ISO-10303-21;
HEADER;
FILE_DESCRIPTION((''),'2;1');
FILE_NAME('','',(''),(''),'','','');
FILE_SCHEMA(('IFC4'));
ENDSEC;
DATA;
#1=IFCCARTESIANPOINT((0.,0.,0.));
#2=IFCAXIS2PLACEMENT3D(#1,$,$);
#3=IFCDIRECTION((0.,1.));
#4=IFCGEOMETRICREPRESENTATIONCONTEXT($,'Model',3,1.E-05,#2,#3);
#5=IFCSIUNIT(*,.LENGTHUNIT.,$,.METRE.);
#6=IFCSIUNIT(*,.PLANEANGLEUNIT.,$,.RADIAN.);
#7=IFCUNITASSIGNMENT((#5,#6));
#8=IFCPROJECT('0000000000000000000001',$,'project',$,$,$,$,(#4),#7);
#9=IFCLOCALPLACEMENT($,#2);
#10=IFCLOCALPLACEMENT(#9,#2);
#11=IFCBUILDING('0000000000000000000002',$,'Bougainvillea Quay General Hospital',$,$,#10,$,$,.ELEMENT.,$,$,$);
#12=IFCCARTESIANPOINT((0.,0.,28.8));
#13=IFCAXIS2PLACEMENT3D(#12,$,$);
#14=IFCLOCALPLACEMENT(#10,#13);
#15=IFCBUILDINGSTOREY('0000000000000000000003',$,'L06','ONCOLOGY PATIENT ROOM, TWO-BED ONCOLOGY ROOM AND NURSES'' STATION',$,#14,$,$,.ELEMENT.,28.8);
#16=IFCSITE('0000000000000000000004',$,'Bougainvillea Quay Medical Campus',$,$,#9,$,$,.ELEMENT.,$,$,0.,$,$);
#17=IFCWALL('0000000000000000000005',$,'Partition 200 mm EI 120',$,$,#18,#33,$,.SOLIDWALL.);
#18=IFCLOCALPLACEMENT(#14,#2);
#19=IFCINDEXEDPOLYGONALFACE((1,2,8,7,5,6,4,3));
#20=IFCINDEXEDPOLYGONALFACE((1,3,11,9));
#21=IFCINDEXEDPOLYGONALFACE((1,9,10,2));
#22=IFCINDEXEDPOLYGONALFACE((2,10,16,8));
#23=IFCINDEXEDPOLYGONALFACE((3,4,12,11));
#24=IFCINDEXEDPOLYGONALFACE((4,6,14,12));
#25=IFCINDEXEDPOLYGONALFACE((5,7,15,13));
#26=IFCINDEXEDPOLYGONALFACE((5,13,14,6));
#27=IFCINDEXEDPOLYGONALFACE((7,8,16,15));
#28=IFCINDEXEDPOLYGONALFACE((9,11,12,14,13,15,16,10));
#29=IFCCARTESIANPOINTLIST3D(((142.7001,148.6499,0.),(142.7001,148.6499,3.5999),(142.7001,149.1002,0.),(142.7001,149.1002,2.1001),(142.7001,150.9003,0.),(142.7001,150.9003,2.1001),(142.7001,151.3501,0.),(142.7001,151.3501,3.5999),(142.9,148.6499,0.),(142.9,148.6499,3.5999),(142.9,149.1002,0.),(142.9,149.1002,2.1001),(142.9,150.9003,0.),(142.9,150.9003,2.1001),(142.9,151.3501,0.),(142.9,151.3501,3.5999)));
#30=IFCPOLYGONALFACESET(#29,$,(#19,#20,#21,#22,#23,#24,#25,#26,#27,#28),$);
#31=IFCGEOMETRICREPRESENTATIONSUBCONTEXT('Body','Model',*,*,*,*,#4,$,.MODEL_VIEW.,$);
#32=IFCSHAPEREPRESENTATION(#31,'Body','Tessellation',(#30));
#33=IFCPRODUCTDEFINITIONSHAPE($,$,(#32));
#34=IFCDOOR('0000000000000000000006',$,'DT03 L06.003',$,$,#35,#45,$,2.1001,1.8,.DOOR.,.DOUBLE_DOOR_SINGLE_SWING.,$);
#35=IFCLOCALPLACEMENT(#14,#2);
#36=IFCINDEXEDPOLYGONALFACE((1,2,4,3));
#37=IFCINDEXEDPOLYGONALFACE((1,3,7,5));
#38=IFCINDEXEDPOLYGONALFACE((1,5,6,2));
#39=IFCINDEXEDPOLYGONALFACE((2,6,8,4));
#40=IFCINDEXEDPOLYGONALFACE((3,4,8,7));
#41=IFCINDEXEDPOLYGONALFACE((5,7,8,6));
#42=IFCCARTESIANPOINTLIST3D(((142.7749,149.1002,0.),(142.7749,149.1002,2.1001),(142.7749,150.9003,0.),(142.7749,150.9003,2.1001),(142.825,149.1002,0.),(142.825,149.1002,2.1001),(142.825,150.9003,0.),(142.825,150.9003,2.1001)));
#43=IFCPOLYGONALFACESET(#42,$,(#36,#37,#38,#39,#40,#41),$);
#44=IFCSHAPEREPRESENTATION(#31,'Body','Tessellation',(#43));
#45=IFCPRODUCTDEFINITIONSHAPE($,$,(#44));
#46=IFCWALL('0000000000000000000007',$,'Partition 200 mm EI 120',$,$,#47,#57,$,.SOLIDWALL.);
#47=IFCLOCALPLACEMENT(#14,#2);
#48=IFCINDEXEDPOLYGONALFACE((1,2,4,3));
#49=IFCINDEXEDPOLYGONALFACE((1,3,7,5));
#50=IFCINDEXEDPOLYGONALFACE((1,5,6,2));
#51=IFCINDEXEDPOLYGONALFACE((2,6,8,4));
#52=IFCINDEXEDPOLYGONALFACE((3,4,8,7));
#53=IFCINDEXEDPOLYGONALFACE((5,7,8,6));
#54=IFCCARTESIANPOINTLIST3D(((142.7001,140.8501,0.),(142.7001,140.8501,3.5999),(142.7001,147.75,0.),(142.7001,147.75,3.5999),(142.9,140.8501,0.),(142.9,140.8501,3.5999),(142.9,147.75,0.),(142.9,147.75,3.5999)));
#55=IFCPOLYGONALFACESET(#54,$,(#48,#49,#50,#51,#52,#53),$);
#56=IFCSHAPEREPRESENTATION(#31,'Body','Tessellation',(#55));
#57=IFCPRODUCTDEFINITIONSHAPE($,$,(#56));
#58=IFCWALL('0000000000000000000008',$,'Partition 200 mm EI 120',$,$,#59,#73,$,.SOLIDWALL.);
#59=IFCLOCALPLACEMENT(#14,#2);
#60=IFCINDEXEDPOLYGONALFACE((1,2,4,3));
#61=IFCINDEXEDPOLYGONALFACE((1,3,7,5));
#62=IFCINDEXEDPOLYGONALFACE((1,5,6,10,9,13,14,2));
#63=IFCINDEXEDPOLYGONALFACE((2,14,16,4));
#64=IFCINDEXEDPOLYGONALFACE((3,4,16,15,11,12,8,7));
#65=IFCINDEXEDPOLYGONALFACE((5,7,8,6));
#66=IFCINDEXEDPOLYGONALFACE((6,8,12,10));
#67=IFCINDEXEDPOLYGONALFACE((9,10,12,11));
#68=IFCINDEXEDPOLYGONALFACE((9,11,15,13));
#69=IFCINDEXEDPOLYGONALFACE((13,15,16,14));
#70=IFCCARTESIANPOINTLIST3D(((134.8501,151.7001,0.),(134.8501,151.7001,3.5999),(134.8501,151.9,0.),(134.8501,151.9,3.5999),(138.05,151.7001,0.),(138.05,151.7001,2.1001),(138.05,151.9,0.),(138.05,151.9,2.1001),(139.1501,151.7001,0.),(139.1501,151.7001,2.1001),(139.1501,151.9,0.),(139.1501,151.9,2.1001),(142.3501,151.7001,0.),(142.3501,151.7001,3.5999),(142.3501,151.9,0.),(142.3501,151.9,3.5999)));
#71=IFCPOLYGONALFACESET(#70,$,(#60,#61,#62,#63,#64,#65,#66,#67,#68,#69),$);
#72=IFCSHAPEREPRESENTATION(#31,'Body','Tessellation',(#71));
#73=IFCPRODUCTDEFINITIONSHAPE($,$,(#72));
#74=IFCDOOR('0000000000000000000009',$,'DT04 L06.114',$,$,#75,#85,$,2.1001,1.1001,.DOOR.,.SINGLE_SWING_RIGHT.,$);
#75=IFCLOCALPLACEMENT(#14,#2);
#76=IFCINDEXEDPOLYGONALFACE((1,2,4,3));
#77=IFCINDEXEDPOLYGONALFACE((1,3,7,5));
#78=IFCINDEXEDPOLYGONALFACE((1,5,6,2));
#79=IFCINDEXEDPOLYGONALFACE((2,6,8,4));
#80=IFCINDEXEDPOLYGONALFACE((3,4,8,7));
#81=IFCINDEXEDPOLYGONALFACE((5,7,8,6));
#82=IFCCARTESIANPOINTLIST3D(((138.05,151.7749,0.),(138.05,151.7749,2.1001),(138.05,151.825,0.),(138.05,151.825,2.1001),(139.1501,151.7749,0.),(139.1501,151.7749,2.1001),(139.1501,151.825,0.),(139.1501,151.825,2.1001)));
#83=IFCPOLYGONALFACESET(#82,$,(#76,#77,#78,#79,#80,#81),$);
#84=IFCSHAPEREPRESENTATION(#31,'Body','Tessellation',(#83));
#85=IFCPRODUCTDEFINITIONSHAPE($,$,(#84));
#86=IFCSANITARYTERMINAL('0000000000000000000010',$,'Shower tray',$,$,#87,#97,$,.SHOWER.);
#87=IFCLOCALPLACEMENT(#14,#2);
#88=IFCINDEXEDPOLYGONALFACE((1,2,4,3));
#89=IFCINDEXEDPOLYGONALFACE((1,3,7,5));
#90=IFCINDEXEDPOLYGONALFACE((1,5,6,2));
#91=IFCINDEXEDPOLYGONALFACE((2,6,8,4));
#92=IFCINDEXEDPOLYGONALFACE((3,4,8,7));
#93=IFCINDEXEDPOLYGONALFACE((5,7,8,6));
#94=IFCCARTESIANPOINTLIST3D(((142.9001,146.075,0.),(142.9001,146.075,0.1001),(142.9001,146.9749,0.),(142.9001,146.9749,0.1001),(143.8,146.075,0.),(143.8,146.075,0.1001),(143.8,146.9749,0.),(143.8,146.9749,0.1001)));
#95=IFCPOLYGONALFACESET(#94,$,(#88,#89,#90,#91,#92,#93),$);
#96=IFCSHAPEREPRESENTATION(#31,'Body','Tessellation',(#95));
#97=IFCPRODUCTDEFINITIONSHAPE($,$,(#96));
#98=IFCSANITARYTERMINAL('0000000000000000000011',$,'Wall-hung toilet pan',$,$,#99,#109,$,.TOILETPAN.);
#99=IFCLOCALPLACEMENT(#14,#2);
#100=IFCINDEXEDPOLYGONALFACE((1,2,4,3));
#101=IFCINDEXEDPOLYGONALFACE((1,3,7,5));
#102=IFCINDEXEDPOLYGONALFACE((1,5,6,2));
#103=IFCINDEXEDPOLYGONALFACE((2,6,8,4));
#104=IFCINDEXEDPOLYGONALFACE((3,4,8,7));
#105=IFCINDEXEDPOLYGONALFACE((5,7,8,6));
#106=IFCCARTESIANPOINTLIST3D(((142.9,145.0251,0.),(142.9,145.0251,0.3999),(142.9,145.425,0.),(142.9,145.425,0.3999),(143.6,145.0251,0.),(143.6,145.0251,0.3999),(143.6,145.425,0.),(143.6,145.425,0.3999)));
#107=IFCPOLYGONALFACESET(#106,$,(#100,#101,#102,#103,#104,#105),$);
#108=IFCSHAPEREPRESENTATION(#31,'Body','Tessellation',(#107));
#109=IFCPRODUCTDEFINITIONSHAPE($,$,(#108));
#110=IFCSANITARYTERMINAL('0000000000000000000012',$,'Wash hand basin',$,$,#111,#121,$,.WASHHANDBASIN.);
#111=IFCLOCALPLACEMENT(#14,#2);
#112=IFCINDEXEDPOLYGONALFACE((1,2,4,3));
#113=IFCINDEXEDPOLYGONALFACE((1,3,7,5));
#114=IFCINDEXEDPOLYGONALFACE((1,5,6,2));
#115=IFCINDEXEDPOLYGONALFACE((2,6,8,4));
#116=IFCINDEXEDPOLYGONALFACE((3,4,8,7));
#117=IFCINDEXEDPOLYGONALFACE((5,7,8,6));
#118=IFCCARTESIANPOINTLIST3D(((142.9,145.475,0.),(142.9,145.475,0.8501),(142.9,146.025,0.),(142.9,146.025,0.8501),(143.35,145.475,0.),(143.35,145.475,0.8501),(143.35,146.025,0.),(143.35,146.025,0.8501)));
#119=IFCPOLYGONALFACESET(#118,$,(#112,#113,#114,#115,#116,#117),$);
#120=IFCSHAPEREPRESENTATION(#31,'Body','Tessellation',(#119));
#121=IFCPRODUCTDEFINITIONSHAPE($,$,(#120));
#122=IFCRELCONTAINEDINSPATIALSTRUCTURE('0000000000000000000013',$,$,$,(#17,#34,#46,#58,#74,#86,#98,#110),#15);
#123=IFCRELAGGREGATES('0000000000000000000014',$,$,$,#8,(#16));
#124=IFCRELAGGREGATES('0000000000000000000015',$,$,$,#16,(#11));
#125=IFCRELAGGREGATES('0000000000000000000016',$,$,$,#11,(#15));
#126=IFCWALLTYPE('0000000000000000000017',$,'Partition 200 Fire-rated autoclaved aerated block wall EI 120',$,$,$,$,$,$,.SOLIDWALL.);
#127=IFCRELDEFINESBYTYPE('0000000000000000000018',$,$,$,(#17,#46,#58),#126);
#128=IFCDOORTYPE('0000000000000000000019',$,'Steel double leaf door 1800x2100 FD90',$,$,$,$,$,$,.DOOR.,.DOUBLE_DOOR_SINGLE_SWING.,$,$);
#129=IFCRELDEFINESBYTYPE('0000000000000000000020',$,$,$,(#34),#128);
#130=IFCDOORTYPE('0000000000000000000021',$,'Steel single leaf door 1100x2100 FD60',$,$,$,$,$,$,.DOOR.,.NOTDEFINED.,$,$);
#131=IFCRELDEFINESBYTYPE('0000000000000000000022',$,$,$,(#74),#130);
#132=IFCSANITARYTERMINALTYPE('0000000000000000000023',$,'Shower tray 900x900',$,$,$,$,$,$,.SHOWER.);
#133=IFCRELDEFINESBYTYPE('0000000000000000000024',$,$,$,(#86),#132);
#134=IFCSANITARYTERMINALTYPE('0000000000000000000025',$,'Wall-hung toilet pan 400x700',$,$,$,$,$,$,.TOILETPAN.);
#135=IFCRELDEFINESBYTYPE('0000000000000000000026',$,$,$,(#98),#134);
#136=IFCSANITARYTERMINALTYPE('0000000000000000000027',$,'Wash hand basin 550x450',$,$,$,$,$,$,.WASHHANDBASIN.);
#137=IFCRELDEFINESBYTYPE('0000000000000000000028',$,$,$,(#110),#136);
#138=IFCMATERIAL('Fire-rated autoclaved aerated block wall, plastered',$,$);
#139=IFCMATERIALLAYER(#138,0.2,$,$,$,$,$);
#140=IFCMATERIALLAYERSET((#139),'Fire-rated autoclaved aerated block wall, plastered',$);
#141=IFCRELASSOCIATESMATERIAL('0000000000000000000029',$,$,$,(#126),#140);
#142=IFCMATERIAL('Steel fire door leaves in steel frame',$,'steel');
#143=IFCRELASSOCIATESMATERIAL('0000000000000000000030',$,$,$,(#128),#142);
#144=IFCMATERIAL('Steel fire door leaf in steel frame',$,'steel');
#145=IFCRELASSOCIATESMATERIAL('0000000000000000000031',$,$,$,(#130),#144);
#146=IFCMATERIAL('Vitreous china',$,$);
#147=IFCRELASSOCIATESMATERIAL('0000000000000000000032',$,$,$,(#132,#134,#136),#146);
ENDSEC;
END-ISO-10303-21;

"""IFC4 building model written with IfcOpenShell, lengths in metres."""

from ifc_helpers import new_model, si_unit, direction, frame, frame_2d, origin, origin_2d, place, context, subcontext, project, spatial, rectangle, extrude, material, layer, layer_set, type_object, element, fill, save


model = new_model("IFC4")

# Units and contexts
model_context = context("Model", 3, precision=1e-05, world=origin(), true_north=direction((0.0, 1.0)))
body_context = subcontext(model_context, "Body", "Model", "MODEL_VIEW")
ifc_project = project(units=[si_unit("LENGTHUNIT", "METRE"), si_unit("PLANEANGLEUNIT", "RADIAN")], contexts=[model_context])

# Site, building, storey
site_placement = place(None, origin())
site = spatial("IfcSite", under=ifc_project, at=site_placement, Name="Bougainvillea Quay Medical Campus", CompositionType="ELEMENT", RefElevation=0.0)
building_placement = place(site_placement, origin())
building = spatial("IfcBuilding", under=site, at=building_placement, Name="Bougainvillea Quay General Hospital", CompositionType="ELEMENT")
storey_placement = place(building_placement, frame((0.0, 0.0, 28.8)))
storey = spatial("IfcBuildingStorey", under=building, at=storey_placement, Name="L06", Description="ONCOLOGY PATIENT ROOM, TWO-BED ONCOLOGY ROOM AND NURSES' STATION", CompositionType="ELEMENT", Elevation=28.8)

# Wall, opening, door
ifc_material_1 = material(Name="Fire-rated autoclaved aerated block wall, plastered")
ifc_layer_1 = layer(ifc_material_1, 0.2)
ifc_layer_set_1 = layer_set([ifc_layer_1], Name="Fire-rated autoclaved aerated block wall, plastered")
wall_type_1 = type_object("IfcWallType", Name="Partition 200 Fire-rated autoclaved aerated block wall EI 120", PredefinedType="SOLIDWALL", material=ifc_layer_set_1)
wall_1_placement = place(storey_placement, frame((142.8, 151.3501, 0.0), z_axis=(0.0, 0.0, 1.0), x_axis=(0.0, -1.0, 0.0)))
wall_1 = element("IfcWall", 1, at=wall_1_placement, inside=storey, type_object=wall_type_1, Name="Partition 200 mm EI 120", PredefinedType="SOLIDWALL", context=body_context, shape_type="SweptSolid", body=[
    extrude(rectangle(XDim=2.7002, YDim=0.2, at=frame_2d((1.3501, 0.0))), origin(), (0.0, 0.0, 1.0), 3.5999),
])
opening_1_placement = place(wall_1_placement, frame((0.45, 0.0, 0.0)))
opening_1 = element("IfcOpeningElement", 2, at=opening_1_placement, cuts=wall_1, PredefinedType="OPENING", context=body_context, shape_type="SweptSolid", body=[
    extrude(rectangle(XDim=1.8, YDim=2.1001, at=frame_2d((0.8999, 1.05))), frame((0.0, 0.1099, 0.0), z_axis=(0.0, -1.0, 0.0), x_axis=(1.0, 0.0, 0.0)), (0.0, 0.0, 1.0), 0.22),
])
ifc_material_2 = material(Name="Steel fire door leaves in steel frame", Category="steel")
door_type_1 = type_object("IfcDoorType", Name="Steel double leaf door 1800x2100 FD90", OperationType="DOUBLE_DOOR_SINGLE_SWING", PredefinedType="DOOR", material=ifc_material_2)
door_1_placement = place(opening_1_placement, origin())
door_1 = element("IfcDoor", 3, at=door_1_placement, inside=storey, type_object=door_type_1, Name="DT03 L06.003", OperationType="DOUBLE_DOOR_SINGLE_SWING", OverallHeight=2.1001, OverallWidth=1.8, PredefinedType="DOOR", context=body_context, shape_type="SweptSolid", body=[
    extrude(rectangle(XDim=1.8, YDim=2.1001, at=frame_2d((0.8999, 1.05))), frame((0.0, 0.0249, 0.0), z_axis=(0.0, -1.0, 0.0), x_axis=(1.0, 0.0, 0.0)), (0.0, 0.0, 1.0), 0.05),
])
fill(opening_1, door_1)

# Wall
wall_2_placement = place(storey_placement, frame((142.8, 147.75, 0.0), z_axis=(0.0, 0.0, 1.0), x_axis=(0.0, -1.0, 0.0)))
element("IfcWall", 4, at=wall_2_placement, inside=storey, type_object=wall_type_1, Name="Partition 200 mm EI 120", PredefinedType="SOLIDWALL", context=body_context, shape_type="SweptSolid", body=[
    extrude(rectangle(XDim=6.8999, YDim=0.2, at=frame_2d((3.45, 0.0))), origin(), (0.0, 0.0, 1.0), 3.5999),
])

# Wall, opening, door
wall_3_placement = place(storey_placement, frame((134.8501, 151.8, 0.0), z_axis=(0.0, 0.0, 1.0), x_axis=(1.0, 0.0, 0.0)))
wall_3 = element("IfcWall", 5, at=wall_3_placement, inside=storey, type_object=wall_type_1, Name="Partition 200 mm EI 120", PredefinedType="SOLIDWALL", context=body_context, shape_type="SweptSolid", body=[
    extrude(rectangle(XDim=7.5, YDim=0.2, at=frame_2d((3.75, 0.0))), origin(), (0.0, 0.0, 1.0), 3.5999),
])
opening_2_placement = place(wall_3_placement, frame((3.2, 0.0, 0.0)))
opening_2 = element("IfcOpeningElement", 6, at=opening_2_placement, cuts=wall_3, PredefinedType="OPENING", context=body_context, shape_type="SweptSolid", body=[
    extrude(rectangle(XDim=1.1001, YDim=2.1001, at=frame_2d((0.55, 1.05))), frame((0.0, 0.1099, 0.0), z_axis=(0.0, -1.0, 0.0), x_axis=(1.0, 0.0, 0.0)), (0.0, 0.0, 1.0), 0.22),
])
ifc_material_3 = material(Name="Steel fire door leaf in steel frame", Category="steel")
door_type_2 = type_object("IfcDoorType", Name="Steel single leaf door 1100x2100 FD60", OperationType="NOTDEFINED", PredefinedType="DOOR", material=ifc_material_3)
door_2_placement = place(opening_2_placement, origin())
door_2 = element("IfcDoor", 7, at=door_2_placement, inside=storey, type_object=door_type_2, Name="DT04 L06.114", OperationType="SINGLE_SWING_RIGHT", OverallHeight=2.1001, OverallWidth=1.1001, PredefinedType="DOOR", context=body_context, shape_type="SweptSolid", body=[
    extrude(rectangle(XDim=1.1001, YDim=2.1001, at=frame_2d((0.55, 1.05))), frame((0.0, 0.0249, 0.0), z_axis=(0.0, -1.0, 0.0), x_axis=(1.0, 0.0, 0.0)), (0.0, 0.0, 1.0), 0.05),
])
fill(opening_2, door_2)

# Sanitary terminals
ifc_material_4 = material(Name="Vitreous china")
sanitary_terminal_type_1 = type_object("IfcSanitaryTerminalType", Name="Shower tray 900x900", PredefinedType="SHOWER", material=ifc_material_4)
sanitary_terminal_1_placement = place(storey_placement, frame((143.3501, 146.5249, 0.0), z_axis=(0.0, 0.0, 1.0), x_axis=(0.0, 1.0, 0.0)))
element("IfcSanitaryTerminal", 8, at=sanitary_terminal_1_placement, inside=storey, type_object=sanitary_terminal_type_1, Name="Shower tray", PredefinedType="SHOWER", context=body_context, shape_type="SweptSolid", body=[
    extrude(rectangle(XDim=0.8999, YDim=0.8999, at=origin_2d()), origin(), (0.0, 0.0, 1.0), 0.1001),
])
sanitary_terminal_type_2 = type_object("IfcSanitaryTerminalType", Name="Wall-hung toilet pan 400x700", PredefinedType="TOILETPAN", material=ifc_material_4)
sanitary_terminal_2_placement = place(storey_placement, frame((143.25, 145.2251, 0.0), z_axis=(0.0, 0.0, 1.0), x_axis=(0.0, 1.0, 0.0)))
element("IfcSanitaryTerminal", 9, at=sanitary_terminal_2_placement, inside=storey, type_object=sanitary_terminal_type_2, Name="Wall-hung toilet pan", PredefinedType="TOILETPAN", context=body_context, shape_type="SweptSolid", body=[
    extrude(rectangle(XDim=0.3999, YDim=0.7, at=origin_2d()), origin(), (0.0, 0.0, 1.0), 0.3999),
])
sanitary_terminal_type_3 = type_object("IfcSanitaryTerminalType", Name="Wash hand basin 550x450", PredefinedType="WASHHANDBASIN", material=ifc_material_4)
sanitary_terminal_3_placement = place(storey_placement, frame((143.125, 145.75, 0.0), z_axis=(0.0, 0.0, 1.0), x_axis=(0.0, 1.0, 0.0)))
element("IfcSanitaryTerminal", 10, at=sanitary_terminal_3_placement, inside=storey, type_object=sanitary_terminal_type_3, Name="Wash hand basin", PredefinedType="WASHHANDBASIN", context=body_context, shape_type="SweptSolid", body=[
    extrude(rectangle(XDim=0.55, YDim=0.45, at=origin_2d()), origin(), (0.0, 0.0, 1.0), 0.8501),
])

save(model, "model.ifc")
